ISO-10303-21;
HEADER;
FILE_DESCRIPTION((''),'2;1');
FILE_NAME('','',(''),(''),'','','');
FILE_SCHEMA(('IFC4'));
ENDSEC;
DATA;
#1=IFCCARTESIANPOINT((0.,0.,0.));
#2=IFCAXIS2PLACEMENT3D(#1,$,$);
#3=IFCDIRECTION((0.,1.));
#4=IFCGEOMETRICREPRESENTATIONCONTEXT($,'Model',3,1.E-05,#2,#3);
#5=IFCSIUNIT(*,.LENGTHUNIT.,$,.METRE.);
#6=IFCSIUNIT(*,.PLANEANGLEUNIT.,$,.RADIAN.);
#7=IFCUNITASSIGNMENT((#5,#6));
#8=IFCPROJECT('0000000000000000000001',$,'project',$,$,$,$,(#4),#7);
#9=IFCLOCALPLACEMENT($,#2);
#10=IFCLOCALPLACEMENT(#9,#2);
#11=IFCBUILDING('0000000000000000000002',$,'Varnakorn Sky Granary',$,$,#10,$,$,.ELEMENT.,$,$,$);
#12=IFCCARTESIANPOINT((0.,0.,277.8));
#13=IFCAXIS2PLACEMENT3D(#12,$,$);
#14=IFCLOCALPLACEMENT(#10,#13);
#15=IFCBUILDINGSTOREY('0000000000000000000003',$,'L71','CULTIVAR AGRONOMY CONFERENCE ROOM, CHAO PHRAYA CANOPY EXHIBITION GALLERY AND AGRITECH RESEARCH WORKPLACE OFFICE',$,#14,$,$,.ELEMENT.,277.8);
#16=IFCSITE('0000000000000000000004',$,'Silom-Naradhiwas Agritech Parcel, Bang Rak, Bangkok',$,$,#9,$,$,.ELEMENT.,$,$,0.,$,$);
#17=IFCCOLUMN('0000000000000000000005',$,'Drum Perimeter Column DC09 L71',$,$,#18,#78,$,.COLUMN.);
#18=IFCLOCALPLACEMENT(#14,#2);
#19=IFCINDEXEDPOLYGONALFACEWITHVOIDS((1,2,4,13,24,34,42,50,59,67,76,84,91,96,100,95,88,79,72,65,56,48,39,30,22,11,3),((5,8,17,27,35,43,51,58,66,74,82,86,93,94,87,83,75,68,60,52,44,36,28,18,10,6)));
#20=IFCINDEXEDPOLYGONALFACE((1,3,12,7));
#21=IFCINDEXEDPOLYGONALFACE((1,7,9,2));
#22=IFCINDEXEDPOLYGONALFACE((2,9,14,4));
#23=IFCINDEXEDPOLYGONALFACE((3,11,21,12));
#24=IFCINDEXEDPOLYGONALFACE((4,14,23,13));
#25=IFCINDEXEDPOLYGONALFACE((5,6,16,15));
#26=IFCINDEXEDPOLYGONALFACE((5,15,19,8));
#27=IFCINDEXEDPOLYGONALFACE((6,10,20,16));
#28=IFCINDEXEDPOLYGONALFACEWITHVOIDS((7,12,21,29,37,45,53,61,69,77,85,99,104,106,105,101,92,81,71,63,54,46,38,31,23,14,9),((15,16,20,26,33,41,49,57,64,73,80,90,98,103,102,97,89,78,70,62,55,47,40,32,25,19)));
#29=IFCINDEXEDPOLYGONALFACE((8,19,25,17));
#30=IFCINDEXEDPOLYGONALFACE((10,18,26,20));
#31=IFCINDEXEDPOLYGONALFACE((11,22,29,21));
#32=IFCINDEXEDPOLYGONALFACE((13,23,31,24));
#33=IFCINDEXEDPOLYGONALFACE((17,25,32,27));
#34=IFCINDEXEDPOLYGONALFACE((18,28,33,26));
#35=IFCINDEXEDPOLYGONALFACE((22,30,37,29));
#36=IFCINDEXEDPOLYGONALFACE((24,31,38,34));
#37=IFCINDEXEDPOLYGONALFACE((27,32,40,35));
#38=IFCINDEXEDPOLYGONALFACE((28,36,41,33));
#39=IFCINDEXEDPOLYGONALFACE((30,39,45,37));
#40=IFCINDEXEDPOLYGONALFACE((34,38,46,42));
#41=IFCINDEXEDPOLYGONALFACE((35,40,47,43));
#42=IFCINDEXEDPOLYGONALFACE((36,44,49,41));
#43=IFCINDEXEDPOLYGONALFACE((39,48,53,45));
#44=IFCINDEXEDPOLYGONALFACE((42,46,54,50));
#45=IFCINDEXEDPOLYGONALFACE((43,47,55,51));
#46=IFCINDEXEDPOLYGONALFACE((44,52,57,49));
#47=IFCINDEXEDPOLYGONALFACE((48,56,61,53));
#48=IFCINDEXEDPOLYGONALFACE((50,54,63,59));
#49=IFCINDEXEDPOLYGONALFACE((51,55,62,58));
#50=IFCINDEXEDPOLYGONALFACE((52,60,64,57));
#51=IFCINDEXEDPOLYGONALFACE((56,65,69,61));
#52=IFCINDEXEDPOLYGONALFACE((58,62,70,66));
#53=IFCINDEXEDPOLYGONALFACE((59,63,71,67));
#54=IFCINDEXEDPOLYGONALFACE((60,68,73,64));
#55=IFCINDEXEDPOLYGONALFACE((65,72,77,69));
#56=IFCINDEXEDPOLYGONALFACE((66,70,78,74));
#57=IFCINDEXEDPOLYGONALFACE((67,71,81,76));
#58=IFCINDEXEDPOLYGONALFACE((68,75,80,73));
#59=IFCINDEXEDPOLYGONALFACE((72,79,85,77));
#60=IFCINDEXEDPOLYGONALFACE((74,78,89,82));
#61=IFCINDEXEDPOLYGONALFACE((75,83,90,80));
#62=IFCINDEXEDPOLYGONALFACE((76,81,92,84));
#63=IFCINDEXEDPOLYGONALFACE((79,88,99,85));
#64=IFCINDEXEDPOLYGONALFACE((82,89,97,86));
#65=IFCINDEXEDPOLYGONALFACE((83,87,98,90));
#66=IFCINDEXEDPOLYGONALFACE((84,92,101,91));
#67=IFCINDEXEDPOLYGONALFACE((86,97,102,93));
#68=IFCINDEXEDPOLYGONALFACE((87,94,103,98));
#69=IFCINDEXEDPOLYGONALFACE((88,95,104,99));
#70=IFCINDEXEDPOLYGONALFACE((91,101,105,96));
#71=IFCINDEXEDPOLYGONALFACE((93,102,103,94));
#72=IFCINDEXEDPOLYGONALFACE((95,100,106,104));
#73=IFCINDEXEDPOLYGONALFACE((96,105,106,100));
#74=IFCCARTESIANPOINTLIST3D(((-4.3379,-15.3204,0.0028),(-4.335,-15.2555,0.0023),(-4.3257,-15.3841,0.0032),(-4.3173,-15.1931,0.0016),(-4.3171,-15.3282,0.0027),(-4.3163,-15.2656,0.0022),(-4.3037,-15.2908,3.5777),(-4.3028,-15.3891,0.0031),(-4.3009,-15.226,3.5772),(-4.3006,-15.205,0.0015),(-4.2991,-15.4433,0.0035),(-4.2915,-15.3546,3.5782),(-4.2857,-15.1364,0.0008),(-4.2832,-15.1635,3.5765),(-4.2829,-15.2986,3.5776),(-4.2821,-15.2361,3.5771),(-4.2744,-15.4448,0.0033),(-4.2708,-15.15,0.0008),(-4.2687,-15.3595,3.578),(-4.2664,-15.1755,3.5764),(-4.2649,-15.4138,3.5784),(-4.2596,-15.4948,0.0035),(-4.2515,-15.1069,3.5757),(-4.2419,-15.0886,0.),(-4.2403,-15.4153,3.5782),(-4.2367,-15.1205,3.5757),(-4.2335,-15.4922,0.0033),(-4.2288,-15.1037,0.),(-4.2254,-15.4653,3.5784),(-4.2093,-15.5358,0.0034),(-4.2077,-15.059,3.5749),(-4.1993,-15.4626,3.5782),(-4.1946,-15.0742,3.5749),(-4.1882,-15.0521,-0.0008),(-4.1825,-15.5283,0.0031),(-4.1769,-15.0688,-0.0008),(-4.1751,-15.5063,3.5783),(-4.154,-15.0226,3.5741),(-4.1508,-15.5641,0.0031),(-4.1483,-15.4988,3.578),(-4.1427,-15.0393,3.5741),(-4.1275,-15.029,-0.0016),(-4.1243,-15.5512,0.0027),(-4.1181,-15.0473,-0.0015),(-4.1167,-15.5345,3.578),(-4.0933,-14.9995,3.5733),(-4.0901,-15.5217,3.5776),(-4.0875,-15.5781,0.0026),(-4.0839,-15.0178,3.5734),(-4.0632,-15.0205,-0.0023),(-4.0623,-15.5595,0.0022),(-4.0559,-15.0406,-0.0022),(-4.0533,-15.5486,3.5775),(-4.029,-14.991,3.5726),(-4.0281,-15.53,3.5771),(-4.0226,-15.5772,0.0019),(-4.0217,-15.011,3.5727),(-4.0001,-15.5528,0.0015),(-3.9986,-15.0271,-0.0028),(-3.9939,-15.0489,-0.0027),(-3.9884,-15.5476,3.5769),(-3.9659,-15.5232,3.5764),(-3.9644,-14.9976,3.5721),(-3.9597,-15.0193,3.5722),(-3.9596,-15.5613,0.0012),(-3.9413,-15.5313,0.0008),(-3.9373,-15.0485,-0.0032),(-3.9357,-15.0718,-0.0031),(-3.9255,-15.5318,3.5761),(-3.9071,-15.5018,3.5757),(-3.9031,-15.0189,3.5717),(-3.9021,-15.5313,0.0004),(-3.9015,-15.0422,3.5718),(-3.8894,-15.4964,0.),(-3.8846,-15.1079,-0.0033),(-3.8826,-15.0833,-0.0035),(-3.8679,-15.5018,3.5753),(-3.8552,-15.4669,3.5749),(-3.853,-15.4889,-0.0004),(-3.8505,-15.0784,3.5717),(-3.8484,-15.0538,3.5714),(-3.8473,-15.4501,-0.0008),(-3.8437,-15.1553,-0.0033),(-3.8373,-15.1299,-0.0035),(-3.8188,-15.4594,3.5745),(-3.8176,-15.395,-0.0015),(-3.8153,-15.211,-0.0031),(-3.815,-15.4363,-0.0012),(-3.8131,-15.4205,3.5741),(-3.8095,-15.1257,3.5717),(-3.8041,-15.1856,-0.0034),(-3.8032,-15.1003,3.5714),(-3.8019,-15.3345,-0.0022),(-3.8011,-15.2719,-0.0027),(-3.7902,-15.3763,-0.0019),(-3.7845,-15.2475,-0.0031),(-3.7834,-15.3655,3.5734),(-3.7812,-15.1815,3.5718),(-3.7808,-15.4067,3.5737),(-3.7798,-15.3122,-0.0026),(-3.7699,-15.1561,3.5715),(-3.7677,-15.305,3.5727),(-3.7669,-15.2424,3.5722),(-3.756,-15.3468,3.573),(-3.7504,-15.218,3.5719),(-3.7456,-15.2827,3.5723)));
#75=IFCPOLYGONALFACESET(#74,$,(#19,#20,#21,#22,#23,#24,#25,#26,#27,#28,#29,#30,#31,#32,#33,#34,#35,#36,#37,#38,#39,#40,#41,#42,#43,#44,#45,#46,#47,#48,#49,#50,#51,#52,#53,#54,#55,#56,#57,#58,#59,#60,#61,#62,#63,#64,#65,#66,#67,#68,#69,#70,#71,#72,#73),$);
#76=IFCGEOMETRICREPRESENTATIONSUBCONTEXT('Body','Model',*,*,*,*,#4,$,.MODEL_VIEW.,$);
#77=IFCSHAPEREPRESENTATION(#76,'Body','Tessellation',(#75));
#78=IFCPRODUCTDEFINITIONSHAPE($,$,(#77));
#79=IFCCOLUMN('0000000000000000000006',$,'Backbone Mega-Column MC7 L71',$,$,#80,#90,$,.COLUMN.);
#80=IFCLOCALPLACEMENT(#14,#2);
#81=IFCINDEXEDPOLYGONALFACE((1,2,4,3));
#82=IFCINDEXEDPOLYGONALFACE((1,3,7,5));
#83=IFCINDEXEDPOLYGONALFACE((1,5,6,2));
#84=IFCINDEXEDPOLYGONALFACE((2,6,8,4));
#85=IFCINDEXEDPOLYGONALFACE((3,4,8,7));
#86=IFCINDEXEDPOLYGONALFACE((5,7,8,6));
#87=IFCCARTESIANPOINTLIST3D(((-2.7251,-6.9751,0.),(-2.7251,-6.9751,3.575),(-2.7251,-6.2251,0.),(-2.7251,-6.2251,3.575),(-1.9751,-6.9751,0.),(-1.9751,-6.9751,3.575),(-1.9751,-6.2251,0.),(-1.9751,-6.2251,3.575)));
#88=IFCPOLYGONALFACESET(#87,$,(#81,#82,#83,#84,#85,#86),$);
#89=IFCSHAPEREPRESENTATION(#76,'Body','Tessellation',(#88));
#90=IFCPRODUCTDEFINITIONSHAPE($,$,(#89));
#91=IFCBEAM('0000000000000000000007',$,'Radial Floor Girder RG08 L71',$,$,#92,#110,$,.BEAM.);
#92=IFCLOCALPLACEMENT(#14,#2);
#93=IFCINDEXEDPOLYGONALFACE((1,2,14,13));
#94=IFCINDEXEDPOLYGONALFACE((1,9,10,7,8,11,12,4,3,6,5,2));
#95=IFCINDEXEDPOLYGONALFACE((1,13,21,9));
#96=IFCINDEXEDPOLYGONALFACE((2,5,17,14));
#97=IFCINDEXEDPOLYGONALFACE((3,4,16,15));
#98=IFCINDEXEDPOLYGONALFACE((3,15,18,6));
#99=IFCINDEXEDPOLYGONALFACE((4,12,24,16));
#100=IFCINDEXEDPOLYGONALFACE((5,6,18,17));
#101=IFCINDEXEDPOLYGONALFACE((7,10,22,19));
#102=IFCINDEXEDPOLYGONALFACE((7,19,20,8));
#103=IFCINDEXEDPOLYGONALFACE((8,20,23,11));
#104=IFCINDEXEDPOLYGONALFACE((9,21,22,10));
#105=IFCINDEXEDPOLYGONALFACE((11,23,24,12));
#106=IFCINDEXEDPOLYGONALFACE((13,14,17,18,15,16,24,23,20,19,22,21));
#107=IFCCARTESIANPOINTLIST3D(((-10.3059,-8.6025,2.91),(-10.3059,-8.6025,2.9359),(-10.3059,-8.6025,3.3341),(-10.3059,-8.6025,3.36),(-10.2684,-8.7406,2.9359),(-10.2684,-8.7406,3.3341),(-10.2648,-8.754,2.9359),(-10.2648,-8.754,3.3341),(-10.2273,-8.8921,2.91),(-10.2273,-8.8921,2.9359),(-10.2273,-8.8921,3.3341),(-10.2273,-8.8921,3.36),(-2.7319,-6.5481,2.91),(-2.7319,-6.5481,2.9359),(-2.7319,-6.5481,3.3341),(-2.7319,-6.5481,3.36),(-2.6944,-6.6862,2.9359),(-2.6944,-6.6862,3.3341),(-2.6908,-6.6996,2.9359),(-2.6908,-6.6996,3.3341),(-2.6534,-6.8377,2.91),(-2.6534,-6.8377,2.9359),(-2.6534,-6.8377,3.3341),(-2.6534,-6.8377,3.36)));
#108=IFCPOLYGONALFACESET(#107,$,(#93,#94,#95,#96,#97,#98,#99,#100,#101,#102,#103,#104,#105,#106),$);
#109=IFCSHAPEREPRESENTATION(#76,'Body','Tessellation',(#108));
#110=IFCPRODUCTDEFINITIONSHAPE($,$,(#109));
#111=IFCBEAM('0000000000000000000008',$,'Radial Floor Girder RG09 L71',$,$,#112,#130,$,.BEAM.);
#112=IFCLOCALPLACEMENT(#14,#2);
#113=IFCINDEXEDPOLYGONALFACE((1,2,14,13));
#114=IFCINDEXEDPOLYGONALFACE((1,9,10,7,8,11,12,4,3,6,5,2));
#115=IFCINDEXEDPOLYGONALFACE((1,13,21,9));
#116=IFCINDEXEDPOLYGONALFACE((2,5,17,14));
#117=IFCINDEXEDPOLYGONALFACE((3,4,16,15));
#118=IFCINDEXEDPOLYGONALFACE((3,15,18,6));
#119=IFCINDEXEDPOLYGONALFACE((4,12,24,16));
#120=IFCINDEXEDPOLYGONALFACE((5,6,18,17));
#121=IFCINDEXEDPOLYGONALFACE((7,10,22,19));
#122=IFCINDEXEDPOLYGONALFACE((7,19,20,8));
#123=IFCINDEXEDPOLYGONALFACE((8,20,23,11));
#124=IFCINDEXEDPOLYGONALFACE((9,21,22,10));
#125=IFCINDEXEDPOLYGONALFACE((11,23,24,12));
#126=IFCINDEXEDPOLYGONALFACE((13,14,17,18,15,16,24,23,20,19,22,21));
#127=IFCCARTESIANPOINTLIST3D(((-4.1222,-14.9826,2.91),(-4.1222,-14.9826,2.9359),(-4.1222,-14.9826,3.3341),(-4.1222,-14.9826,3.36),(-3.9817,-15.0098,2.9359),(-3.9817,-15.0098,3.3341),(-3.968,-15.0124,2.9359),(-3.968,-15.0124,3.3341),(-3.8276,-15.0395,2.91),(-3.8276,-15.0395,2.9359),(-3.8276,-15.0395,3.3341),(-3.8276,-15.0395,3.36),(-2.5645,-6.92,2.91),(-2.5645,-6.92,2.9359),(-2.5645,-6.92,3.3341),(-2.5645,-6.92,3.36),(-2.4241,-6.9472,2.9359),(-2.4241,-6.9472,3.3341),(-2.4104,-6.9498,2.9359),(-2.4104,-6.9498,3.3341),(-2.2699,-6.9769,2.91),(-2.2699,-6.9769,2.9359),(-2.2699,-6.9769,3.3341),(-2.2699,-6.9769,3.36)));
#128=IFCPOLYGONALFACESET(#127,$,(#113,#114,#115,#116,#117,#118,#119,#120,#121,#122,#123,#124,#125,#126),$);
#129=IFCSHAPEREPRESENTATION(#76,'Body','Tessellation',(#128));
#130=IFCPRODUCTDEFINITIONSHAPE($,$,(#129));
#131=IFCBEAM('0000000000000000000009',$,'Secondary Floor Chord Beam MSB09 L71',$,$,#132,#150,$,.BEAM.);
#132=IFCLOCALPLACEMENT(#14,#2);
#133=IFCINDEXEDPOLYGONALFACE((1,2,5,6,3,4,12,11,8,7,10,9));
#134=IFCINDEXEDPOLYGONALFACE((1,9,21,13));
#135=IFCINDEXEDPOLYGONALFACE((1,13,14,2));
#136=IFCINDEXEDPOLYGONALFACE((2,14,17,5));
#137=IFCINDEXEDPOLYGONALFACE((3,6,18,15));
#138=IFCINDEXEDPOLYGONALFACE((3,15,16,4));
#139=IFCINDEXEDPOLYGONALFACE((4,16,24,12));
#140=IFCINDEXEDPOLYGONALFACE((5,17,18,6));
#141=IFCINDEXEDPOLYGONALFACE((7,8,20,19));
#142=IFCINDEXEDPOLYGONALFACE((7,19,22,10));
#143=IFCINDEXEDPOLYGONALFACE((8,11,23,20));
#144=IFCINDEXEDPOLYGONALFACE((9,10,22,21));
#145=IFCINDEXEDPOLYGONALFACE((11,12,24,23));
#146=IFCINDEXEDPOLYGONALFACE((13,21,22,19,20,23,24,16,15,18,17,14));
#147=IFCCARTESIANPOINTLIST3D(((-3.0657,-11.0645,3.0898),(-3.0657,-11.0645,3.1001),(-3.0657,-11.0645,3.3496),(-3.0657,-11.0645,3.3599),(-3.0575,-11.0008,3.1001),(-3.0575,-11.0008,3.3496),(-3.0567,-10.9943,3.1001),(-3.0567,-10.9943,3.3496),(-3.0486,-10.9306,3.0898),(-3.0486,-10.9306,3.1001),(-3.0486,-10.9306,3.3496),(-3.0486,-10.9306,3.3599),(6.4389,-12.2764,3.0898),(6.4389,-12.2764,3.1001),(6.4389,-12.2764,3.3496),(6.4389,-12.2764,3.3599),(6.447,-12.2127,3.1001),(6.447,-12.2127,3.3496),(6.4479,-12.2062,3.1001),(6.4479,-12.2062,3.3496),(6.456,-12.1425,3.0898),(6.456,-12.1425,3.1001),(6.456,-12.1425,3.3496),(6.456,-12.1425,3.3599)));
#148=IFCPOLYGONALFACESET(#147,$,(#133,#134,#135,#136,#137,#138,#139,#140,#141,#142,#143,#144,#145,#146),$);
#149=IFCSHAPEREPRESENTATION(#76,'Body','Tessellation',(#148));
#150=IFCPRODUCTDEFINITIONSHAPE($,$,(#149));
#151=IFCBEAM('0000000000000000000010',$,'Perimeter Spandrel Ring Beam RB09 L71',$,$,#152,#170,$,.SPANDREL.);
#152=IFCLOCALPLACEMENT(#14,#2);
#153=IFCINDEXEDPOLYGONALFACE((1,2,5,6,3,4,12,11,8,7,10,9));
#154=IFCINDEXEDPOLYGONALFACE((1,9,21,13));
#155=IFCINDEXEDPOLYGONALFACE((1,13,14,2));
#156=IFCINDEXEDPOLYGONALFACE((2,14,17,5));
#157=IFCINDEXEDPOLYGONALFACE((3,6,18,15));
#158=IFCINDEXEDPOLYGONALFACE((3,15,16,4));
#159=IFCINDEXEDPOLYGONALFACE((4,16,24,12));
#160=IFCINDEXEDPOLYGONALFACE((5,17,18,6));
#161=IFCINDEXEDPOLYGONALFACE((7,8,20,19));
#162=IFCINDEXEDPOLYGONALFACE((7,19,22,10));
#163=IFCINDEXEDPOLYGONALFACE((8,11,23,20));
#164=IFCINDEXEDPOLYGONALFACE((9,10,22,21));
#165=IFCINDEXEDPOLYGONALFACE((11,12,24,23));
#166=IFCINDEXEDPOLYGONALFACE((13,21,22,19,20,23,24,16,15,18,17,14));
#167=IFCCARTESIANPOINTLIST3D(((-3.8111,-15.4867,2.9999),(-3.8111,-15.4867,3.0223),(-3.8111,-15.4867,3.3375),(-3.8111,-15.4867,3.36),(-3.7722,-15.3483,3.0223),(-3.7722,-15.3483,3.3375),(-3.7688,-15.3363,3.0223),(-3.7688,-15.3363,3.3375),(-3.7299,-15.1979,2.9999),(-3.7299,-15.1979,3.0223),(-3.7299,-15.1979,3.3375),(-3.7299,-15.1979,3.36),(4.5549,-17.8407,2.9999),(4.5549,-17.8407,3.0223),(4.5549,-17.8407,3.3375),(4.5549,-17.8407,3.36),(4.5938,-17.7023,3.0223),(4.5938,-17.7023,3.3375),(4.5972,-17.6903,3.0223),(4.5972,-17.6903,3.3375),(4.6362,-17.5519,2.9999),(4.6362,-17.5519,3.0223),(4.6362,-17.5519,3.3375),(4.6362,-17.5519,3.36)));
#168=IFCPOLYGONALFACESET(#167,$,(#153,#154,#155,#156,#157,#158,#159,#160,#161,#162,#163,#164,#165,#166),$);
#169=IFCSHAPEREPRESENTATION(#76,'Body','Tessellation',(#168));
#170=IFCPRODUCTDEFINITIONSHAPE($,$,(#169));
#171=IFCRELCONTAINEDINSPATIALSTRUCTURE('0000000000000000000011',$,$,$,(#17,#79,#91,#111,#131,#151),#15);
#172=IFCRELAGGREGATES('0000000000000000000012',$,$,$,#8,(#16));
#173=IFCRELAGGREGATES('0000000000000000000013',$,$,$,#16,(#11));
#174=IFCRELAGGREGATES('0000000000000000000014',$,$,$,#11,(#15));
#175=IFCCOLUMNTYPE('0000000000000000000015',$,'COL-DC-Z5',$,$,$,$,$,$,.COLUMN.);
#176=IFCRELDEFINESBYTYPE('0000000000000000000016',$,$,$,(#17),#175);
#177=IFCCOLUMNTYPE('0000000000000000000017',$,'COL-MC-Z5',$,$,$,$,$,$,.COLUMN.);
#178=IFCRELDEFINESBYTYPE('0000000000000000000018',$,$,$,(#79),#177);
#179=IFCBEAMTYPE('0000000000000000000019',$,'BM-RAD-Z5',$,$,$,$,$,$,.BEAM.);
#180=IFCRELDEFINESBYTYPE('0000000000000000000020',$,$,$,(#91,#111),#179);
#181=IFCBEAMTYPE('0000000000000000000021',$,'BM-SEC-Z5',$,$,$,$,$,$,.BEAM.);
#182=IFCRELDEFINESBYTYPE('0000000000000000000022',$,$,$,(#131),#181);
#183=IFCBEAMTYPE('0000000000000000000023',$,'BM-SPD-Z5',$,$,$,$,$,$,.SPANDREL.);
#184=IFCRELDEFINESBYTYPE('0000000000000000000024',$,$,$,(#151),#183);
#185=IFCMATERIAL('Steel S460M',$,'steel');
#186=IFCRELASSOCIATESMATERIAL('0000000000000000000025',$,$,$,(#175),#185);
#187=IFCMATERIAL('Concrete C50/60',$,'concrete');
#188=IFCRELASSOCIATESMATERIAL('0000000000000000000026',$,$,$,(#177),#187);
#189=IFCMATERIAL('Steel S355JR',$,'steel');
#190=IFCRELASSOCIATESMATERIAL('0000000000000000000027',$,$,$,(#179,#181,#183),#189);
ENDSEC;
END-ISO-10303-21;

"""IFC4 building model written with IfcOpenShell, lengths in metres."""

from ifc_helpers import new_model, si_unit, direction, frame, origin, origin_2d, place, context, subcontext, project, spatial, rectangle, hollow_circle, i_section, extrude, material, material_profile, profile_set, type_object, element, save


model = new_model("IFC4")

# Units and contexts
model_context = context("Model", 3, precision=1e-05, world=origin(), true_north=direction((0.0, 1.0)))
body_context = subcontext(model_context, "Body", "Model", "MODEL_VIEW")
ifc_project = project(units=[si_unit("LENGTHUNIT", "METRE"), si_unit("PLANEANGLEUNIT", "RADIAN")], contexts=[model_context])

# Site, building, storey
site_placement = place(None, origin())
site = spatial("IfcSite", under=ifc_project, at=site_placement, Name="Silom-Naradhiwas Agritech Parcel, Bang Rak, Bangkok", CompositionType="ELEMENT", RefElevation=0.0)
building_placement = place(site_placement, origin())
building = spatial("IfcBuilding", under=site, at=building_placement, Name="Varnakorn Sky Granary", CompositionType="ELEMENT")
storey_placement = place(building_placement, frame((0.0, 0.0, 277.8)))
storey = spatial("IfcBuildingStorey", under=building, at=storey_placement, Name="L71", Description="CULTIVAR AGRONOMY CONFERENCE ROOM, CHAO PHRAYA CANOPY EXHIBITION GALLERY AND AGRITECH RESEARCH WORKPLACE OFFICE", CompositionType="ELEMENT", Elevation=277.8)

# Columns
ifc_material_1 = material(Name="Steel S460M", Category="steel")
ifc_material_profile_1 = material_profile(ifc_material_1, hollow_circle(Radius=0.2795, WallThickness=0.02, at=origin_2d()), Name="CHS 559x20")
ifc_profile_set_1 = profile_set([ifc_material_profile_1], Name="Steel S460M")
column_type_1 = type_object("IfcColumnType", Name="COL-DC-Z5", PredefinedType="COLUMN", material=ifc_profile_set_1)
column_1_placement = place(storey_placement, frame((-4.0591, -15.3, 0.0), z_axis=(0.00956, 0.008263, 0.99992), x_axis=(-0.653901, 0.75658, 0.0)))
element("IfcColumn", 1, at=column_1_placement, inside=storey, type_object=column_type_1, Name="Drum Perimeter Column DC09 L71", PredefinedType="COLUMN", context=body_context, shape_type="SweptSolid", body=[
    extrude(hollow_circle(Radius=0.2795, WallThickness=0.02, at=origin_2d()), origin(), (0.0, 0.0, 1.0), 3.5752),
])
ifc_material_2 = material(Name="Concrete C50/60", Category="concrete")
ifc_material_profile_2 = material_profile(ifc_material_2, rectangle(XDim=0.75, YDim=0.75, at=origin_2d()), Name="RC 750x750")
ifc_profile_set_2 = profile_set([ifc_material_profile_2], Name="Concrete C50/60")
column_type_2 = type_object("IfcColumnType", Name="COL-MC-Z5", PredefinedType="COLUMN", material=ifc_profile_set_2)
column_2_placement = place(storey_placement, frame((-2.3501, -6.6001, 0.0), z_axis=(0.0, 0.0, 1.0), x_axis=(1.0, 0.0, 0.0)))
element("IfcColumn", 2, at=column_2_placement, inside=storey, type_object=column_type_2, Name="Backbone Mega-Column MC7 L71", PredefinedType="COLUMN", context=body_context, shape_type="SweptSolid", body=[
    extrude(rectangle(XDim=0.75, YDim=0.75, at=origin_2d()), origin(), (0.0, 0.0, 1.0), 3.575),
])

# Beams
ifc_material_3 = material(Name="Steel S355JR", Category="steel")
ifc_material_profile_3 = material_profile(ifc_material_3, i_section(OverallWidth=0.3, OverallDepth=0.45, WebThickness=0.0139, FlangeThickness=0.0259, at=origin_2d()), Name="HE 450 B")
ifc_profile_set_3 = profile_set([ifc_material_profile_3], Name="Steel S355JR")
beam_type_1 = type_object("IfcBeamType", Name="BM-RAD-Z5", PredefinedType="BEAM", material=ifc_profile_set_3)
beam_1_placement = place(storey_placement, frame((-2.6926, -6.6929, 3.135), z_axis=(-0.965125, -0.26179, 0.0), x_axis=(0.26179, -0.965125, 0.0)))
element("IfcBeam", 3, at=beam_1_placement, inside=storey, type_object=beam_type_1, Name="Radial Floor Girder RG08 L71", PredefinedType="BEAM", context=body_context, shape_type="SweptSolid", body=[
    extrude(i_section(OverallWidth=0.3, OverallDepth=0.45, WebThickness=0.0139, FlangeThickness=0.0259, at=origin_2d()), origin(), (0.0, 0.0, 1.0), 7.8477),
])
beam_2_placement = place(storey_placement, frame((-2.4172, -6.9485, 3.135), z_axis=(-0.189685, -0.981845, 0.0), x_axis=(0.981845, -0.189685, 0.0)))
element("IfcBeam", 4, at=beam_2_placement, inside=storey, type_object=beam_type_1, Name="Radial Floor Girder RG09 L71", PredefinedType="BEAM", context=body_context, shape_type="SweptSolid", body=[
    extrude(i_section(OverallWidth=0.3, OverallDepth=0.45, WebThickness=0.0139, FlangeThickness=0.0259, at=origin_2d()), origin(), (0.0, 0.0, 1.0), 8.2117),
])
ifc_material_profile_4 = material_profile(ifc_material_3, i_section(OverallWidth=0.135, OverallDepth=0.27, WebThickness=0.0066, FlangeThickness=0.0103, at=origin_2d()), Name="IPE 270")
ifc_profile_set_4 = profile_set([ifc_material_profile_4], Name="Steel S355JR")
beam_type_2 = type_object("IfcBeamType", Name="BM-SEC-Z5", PredefinedType="BEAM", material=ifc_profile_set_4)
beam_3_placement = place(storey_placement, frame((-3.0571, -10.9976, 3.2249), z_axis=(0.991969, -0.126484, 0.0), x_axis=(0.126484, 0.991969, 0.0)))
element("IfcBeam", 5, at=beam_3_placement, inside=storey, type_object=beam_type_2, Name="Secondary Floor Chord Beam MSB09 L71", PredefinedType="BEAM", context=body_context, shape_type="SweptSolid", body=[
    extrude(i_section(OverallWidth=0.135, OverallDepth=0.27, WebThickness=0.0066, FlangeThickness=0.0103, at=origin_2d()), origin(), (0.0, 0.0, 1.0), 9.5815),
])
ifc_material_profile_5 = material_profile(ifc_material_3, i_section(OverallWidth=0.3, OverallDepth=0.3601, WebThickness=0.0125, FlangeThickness=0.0225, at=origin_2d()), Name="HE 360 B")
ifc_profile_set_5 = profile_set([ifc_material_profile_5], Name="Steel S355JR")
beam_type_3 = type_object("IfcBeamType", Name="BM-SPD-Z5", PredefinedType="SPANDREL", material=ifc_profile_set_5)
beam_4_placement = place(storey_placement, frame((-3.7705, -15.3423, 3.1799), z_axis=(0.962619, -0.27086, 0.0), x_axis=(0.27086, 0.962619, 0.0)))
element("IfcBeam", 6, at=beam_4_placement, inside=storey, type_object=beam_type_3, Name="Perimeter Spandrel Ring Beam RB09 L71", PredefinedType="SPANDREL", context=body_context, shape_type="SweptSolid", body=[
    extrude(i_section(OverallWidth=0.3, OverallDepth=0.3601, WebThickness=0.0125, FlangeThickness=0.0225, at=origin_2d()), origin(), (0.0, 0.0, 1.0), 8.6909),
])

save(model, "model.ifc")
